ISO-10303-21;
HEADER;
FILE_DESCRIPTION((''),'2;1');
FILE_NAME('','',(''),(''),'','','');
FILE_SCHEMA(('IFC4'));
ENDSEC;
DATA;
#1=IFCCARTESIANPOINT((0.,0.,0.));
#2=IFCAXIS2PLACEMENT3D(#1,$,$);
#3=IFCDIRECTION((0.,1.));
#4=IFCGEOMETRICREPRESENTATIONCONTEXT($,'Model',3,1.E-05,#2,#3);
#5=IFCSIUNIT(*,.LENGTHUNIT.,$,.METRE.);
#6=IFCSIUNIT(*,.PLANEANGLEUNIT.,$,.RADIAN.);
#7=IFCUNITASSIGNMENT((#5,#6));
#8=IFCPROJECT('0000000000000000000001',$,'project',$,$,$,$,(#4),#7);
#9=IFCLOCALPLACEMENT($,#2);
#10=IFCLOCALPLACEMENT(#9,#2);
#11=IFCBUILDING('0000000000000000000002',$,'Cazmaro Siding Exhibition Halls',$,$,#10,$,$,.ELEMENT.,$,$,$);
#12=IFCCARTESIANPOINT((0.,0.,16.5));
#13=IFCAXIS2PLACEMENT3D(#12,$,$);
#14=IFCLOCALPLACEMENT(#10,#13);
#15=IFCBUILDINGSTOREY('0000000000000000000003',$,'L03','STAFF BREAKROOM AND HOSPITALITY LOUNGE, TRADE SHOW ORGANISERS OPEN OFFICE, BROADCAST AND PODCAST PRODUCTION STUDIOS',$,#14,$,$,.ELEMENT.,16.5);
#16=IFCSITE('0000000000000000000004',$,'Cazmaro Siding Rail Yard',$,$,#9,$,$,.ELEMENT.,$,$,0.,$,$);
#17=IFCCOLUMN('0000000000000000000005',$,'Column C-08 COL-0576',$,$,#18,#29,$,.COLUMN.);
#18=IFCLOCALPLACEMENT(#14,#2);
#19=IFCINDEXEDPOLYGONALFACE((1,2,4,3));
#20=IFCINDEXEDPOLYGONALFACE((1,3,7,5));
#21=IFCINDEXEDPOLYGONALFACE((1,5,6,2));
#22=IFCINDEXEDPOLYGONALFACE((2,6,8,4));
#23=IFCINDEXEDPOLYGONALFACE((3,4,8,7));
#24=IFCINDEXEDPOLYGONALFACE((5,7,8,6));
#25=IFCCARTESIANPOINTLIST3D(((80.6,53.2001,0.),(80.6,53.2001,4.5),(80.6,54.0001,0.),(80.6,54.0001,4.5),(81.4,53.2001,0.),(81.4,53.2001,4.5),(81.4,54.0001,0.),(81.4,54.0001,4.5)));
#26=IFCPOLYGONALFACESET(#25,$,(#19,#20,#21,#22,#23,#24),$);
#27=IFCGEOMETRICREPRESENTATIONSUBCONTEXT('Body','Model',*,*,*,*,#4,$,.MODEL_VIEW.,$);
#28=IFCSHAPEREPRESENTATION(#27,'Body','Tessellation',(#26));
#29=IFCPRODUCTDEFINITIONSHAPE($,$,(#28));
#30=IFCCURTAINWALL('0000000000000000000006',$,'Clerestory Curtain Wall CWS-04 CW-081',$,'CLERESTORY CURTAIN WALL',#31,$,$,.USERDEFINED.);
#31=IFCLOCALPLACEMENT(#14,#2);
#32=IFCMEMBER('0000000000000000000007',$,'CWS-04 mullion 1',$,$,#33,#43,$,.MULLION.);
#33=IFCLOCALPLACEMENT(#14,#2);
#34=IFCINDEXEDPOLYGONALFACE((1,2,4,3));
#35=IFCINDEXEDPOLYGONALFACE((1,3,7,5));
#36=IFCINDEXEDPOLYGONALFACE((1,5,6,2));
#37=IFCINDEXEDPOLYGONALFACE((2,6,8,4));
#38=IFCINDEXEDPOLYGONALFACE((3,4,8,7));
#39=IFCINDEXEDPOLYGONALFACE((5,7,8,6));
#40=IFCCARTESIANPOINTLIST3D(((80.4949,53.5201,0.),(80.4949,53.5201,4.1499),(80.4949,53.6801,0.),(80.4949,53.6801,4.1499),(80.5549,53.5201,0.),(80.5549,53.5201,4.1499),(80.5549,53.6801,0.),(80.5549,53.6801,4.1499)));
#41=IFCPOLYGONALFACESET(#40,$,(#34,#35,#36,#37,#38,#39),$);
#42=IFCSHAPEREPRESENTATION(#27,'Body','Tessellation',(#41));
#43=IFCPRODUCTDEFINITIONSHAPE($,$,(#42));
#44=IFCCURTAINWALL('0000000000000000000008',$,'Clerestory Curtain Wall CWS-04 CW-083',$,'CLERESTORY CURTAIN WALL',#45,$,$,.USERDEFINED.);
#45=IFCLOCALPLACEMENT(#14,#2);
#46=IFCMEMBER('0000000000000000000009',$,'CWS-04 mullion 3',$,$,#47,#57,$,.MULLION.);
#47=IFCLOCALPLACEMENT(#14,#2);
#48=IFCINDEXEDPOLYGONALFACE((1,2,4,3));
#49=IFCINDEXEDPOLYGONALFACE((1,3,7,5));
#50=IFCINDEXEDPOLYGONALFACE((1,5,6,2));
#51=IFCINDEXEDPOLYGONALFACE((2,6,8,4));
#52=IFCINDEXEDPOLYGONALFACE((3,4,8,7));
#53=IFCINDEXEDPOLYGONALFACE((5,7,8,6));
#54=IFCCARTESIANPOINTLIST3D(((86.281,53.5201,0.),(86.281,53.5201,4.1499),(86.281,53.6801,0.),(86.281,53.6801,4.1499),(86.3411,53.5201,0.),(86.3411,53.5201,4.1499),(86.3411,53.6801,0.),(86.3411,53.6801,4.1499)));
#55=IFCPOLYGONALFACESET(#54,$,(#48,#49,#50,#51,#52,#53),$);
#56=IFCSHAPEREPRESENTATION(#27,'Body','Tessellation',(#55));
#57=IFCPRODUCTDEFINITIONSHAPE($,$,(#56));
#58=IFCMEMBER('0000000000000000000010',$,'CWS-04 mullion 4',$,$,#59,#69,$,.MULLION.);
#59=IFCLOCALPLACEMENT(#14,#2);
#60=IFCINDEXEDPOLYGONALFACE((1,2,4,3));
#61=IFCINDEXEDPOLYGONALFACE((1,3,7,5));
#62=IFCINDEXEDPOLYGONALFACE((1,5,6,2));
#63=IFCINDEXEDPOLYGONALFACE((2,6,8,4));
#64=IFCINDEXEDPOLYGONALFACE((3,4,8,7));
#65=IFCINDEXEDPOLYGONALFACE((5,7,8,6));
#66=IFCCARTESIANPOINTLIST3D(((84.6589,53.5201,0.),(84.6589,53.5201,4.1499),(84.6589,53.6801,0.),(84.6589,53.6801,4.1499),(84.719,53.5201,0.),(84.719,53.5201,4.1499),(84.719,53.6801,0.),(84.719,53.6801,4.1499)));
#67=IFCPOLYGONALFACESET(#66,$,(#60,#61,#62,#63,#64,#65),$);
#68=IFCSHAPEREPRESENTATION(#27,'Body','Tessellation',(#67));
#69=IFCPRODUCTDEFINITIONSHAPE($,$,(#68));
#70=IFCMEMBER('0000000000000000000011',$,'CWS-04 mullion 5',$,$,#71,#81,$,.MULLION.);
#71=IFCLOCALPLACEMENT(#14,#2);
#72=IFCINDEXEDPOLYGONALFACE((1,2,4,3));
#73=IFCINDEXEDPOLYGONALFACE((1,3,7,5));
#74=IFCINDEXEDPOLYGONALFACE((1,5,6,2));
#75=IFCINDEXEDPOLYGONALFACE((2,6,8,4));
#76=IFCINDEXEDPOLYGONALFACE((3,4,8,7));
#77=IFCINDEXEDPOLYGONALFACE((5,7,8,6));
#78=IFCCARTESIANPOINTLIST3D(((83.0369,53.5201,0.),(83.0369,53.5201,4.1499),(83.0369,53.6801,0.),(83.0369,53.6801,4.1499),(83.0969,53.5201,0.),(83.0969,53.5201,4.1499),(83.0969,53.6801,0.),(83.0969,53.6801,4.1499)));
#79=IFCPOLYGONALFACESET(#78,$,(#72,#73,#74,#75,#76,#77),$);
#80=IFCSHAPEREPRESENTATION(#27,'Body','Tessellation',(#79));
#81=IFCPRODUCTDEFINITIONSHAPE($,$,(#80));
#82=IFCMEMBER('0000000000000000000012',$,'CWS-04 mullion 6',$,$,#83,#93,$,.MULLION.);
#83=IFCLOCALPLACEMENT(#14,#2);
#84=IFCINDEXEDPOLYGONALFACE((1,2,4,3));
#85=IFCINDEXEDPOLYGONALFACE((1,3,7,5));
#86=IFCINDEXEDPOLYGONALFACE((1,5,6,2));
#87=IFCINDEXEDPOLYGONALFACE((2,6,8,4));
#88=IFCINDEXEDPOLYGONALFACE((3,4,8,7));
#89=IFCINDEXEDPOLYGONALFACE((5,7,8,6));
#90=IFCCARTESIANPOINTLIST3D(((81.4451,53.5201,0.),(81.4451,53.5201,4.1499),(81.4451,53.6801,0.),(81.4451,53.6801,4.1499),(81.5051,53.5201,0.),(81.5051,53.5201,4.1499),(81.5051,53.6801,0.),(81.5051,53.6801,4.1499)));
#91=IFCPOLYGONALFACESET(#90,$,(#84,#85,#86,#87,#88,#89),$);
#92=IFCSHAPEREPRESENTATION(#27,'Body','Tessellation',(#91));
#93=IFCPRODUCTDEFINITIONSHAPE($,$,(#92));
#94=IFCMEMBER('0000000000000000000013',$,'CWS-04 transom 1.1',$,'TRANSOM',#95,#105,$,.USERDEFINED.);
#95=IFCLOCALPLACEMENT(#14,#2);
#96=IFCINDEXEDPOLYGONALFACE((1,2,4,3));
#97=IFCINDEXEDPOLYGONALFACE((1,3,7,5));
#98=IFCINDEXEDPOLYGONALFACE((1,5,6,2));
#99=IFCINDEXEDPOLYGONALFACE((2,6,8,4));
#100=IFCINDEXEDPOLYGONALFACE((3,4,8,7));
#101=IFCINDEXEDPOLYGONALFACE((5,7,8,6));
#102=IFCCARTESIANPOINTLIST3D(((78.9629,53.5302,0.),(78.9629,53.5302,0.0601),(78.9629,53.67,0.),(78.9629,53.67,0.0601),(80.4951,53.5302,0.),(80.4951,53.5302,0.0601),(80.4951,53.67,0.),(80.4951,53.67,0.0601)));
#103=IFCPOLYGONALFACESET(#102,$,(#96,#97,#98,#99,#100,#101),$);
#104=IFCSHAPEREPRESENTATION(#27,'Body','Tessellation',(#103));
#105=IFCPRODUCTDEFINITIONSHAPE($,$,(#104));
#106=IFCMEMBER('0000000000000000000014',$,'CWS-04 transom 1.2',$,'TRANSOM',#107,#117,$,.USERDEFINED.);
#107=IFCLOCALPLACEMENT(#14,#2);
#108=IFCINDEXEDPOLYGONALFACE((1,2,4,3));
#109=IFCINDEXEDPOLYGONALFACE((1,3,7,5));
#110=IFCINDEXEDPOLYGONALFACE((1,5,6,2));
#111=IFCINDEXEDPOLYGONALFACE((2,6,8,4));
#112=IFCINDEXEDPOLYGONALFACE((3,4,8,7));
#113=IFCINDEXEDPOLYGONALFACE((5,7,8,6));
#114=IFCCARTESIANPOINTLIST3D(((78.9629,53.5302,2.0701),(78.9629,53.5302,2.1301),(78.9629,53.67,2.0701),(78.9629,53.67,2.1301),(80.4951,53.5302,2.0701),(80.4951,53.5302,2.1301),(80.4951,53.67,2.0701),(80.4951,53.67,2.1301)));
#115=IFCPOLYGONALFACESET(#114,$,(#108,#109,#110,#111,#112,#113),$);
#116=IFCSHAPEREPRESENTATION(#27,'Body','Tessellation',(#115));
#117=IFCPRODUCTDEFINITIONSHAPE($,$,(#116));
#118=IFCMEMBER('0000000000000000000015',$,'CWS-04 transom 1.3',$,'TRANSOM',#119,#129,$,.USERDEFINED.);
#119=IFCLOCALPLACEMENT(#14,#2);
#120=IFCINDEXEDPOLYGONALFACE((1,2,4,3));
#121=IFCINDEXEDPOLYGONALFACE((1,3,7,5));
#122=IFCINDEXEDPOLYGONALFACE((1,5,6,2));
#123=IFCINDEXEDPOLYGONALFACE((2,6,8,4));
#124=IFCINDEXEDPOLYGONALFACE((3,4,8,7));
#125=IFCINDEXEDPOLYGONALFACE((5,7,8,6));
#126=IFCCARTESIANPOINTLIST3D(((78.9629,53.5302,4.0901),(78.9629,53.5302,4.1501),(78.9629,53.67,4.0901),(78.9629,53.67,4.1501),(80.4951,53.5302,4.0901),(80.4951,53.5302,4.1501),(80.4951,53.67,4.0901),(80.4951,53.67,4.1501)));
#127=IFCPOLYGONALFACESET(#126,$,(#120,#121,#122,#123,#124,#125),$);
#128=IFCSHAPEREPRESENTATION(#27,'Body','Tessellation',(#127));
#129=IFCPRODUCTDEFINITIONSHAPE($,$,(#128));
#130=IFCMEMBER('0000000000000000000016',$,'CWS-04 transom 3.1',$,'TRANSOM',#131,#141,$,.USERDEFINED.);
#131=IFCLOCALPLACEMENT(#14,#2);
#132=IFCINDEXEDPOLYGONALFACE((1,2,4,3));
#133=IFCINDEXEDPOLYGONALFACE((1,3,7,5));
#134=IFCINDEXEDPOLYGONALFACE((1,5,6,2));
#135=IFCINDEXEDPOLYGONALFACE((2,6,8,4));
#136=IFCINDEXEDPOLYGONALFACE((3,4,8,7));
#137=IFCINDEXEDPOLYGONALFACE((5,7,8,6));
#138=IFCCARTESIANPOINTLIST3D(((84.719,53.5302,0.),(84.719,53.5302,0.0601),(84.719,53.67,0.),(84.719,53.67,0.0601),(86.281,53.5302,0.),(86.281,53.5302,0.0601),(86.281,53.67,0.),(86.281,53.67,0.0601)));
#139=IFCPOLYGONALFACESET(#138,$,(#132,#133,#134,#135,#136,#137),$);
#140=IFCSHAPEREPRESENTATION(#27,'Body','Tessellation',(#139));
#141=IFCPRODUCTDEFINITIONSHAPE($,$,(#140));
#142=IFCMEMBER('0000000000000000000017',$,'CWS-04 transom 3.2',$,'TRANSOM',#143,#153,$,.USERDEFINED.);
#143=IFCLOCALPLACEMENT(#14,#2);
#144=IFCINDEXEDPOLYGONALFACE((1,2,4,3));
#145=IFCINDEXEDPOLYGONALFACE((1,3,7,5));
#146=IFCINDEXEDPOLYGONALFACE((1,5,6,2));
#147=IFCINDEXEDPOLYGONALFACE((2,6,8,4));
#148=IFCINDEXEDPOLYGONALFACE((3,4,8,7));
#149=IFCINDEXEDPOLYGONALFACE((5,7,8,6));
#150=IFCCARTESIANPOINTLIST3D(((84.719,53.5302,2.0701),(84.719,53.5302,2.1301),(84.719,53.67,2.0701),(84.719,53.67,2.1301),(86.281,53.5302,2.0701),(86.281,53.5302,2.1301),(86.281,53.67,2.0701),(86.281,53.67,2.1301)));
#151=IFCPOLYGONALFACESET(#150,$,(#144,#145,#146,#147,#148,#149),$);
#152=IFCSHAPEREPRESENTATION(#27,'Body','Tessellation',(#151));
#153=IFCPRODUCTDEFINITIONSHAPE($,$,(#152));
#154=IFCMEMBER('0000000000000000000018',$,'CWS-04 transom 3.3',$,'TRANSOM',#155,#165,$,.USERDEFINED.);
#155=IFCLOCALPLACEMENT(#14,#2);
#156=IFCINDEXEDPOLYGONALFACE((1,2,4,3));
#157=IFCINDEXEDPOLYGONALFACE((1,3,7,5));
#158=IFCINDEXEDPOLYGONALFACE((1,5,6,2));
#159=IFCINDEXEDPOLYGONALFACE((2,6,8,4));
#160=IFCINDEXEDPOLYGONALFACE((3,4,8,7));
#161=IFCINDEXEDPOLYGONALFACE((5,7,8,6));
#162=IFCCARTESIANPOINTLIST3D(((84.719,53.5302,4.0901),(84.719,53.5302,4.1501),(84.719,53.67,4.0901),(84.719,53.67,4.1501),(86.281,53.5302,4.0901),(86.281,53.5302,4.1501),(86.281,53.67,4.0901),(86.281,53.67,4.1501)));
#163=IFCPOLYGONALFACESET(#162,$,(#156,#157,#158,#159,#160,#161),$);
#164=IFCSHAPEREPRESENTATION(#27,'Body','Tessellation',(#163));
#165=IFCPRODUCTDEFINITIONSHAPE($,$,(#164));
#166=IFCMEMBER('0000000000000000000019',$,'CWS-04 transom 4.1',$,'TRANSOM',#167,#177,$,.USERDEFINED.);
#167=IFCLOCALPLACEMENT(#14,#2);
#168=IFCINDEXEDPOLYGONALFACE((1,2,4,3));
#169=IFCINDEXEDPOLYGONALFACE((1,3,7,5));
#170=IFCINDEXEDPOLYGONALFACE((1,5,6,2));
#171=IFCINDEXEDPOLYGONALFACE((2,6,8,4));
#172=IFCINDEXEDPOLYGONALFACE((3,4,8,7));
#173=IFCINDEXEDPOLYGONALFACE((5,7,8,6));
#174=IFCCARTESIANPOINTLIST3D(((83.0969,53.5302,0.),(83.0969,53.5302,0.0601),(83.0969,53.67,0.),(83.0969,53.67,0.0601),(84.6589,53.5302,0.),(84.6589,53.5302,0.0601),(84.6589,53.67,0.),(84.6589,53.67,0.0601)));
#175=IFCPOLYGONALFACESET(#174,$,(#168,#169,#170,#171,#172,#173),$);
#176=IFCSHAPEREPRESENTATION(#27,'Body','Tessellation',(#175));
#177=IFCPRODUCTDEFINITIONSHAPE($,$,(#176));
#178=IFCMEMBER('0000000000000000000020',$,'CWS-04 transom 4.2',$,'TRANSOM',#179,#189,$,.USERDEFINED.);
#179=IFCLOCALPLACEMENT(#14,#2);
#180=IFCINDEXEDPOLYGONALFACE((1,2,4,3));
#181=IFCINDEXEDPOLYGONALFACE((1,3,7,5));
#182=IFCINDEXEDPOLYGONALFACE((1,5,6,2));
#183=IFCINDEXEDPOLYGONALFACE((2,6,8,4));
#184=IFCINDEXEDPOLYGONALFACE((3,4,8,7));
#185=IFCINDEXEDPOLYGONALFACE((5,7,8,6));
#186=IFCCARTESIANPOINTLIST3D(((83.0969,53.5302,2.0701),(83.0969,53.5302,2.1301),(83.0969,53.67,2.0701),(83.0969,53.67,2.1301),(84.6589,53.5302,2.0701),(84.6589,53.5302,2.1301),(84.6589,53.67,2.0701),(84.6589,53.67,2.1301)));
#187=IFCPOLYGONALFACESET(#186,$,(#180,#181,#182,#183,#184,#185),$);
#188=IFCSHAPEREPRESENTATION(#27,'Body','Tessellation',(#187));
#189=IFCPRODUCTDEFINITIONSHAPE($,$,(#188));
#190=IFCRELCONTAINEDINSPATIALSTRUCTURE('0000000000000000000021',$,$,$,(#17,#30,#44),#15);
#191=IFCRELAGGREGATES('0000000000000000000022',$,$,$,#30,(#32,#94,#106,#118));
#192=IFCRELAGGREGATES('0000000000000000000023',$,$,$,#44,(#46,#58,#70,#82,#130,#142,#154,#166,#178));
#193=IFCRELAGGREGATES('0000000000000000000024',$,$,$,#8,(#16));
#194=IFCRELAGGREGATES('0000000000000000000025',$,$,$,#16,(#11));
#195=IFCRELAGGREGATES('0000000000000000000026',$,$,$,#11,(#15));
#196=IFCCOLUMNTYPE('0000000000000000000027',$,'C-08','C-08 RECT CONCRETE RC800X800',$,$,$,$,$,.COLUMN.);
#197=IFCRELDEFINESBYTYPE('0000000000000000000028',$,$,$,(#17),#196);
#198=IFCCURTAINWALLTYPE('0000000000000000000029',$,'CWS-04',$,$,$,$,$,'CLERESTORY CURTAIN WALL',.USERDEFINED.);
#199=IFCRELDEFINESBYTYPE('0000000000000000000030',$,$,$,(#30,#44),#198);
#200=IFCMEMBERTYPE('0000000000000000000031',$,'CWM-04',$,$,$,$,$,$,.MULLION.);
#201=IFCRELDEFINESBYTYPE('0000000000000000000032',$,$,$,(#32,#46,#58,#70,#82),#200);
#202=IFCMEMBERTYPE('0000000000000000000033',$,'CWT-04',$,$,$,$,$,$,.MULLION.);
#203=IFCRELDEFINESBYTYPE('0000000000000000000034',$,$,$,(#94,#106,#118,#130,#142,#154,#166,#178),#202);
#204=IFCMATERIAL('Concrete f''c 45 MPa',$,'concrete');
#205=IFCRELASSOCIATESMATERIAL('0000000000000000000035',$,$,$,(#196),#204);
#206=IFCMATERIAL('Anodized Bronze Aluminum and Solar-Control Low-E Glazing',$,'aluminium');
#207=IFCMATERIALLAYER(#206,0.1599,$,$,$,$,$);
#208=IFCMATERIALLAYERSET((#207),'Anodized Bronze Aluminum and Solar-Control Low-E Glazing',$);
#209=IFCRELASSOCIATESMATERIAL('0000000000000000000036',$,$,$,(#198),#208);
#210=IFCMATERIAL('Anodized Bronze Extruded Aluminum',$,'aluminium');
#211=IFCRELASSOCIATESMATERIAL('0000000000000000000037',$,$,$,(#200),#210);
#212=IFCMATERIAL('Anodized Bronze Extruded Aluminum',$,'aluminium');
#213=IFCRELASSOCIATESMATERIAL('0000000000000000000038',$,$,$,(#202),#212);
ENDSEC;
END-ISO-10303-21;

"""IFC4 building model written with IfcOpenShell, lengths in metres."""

from ifc_helpers import new_model, si_unit, direction, frame, origin, origin_2d, place, context, subcontext, project, spatial, rectangle, extrude, material, layer, layer_set, material_profile, profile_set, type_object, element, aggregate, save


model = new_model("IFC4")

# Units and contexts
model_context = context("Model", 3, precision=1e-05, world=origin(), true_north=direction((0.0, 1.0)))
body_context = subcontext(model_context, "Body", "Model", "MODEL_VIEW")
ifc_project = project(units=[si_unit("LENGTHUNIT", "METRE"), si_unit("PLANEANGLEUNIT", "RADIAN")], contexts=[model_context])

# Site, building, storey
site_placement = place(None, origin())
site = spatial("IfcSite", under=ifc_project, at=site_placement, Name="Cazmaro Siding Rail Yard", CompositionType="ELEMENT", RefElevation=0.0)
building_placement = place(site_placement, origin())
building = spatial("IfcBuilding", under=site, at=building_placement, Name="Cazmaro Siding Exhibition Halls", CompositionType="ELEMENT")
storey_placement = place(building_placement, frame((0.0, 0.0, 16.5)))
storey = spatial("IfcBuildingStorey", under=building, at=storey_placement, Name="L03", Description="STAFF BREAKROOM AND HOSPITALITY LOUNGE, TRADE SHOW ORGANISERS OPEN OFFICE, BROADCAST AND PODCAST PRODUCTION STUDIOS", CompositionType="ELEMENT", Elevation=16.5)

# Column
ifc_material_1 = material(Name="Concrete f'c 45 MPa", Category="concrete")
ifc_material_profile_1 = material_profile(ifc_material_1, rectangle(XDim=0.8, YDim=0.8, at=origin_2d()), Name="RC800X800")
ifc_profile_set_1 = profile_set([ifc_material_profile_1], Name="Concrete f'c 45 MPa")
column_type = type_object("IfcColumnType", Name="C-08", Description="C-08 RECT CONCRETE RC800X800", PredefinedType="COLUMN", material=ifc_profile_set_1)
column_placement = place(storey_placement, frame((81.0, 53.6001, 0.0), z_axis=(0.0, 0.0, 1.0), x_axis=(1.0, 0.0, 0.0)))
element("IfcColumn", 1, at=column_placement, inside=storey, type_object=column_type, Name="Column C-08 COL-0576", PredefinedType="COLUMN", context=body_context, shape_type="SweptSolid", body=[
    extrude(rectangle(XDim=0.8, YDim=0.8, at=origin_2d()), origin(), (0.0, 0.0, 1.0), 4.5),
])

# Curtain wall, member
ifc_material_2 = material(Name="Anodized Bronze Aluminum and Solar-Control Low-E Glazing", Category="aluminium")
ifc_layer_1 = layer(ifc_material_2, 0.1599)
ifc_layer_set_1 = layer_set([ifc_layer_1], Name="Anodized Bronze Aluminum and Solar-Control Low-E Glazing")
curtain_wall_type = type_object("IfcCurtainWallType", Name="CWS-04", ElementType="CLERESTORY CURTAIN WALL", PredefinedType="USERDEFINED", material=ifc_layer_set_1)
curtain_wall_1_placement = place(storey_placement, origin())
curtain_wall_1 = element("IfcCurtainWall", 2, at=curtain_wall_1_placement, inside=storey, type_object=curtain_wall_type, Name="Clerestory Curtain Wall CWS-04 CW-081", ObjectType="CLERESTORY CURTAIN WALL", PredefinedType="USERDEFINED")
ifc_material_3 = material(Name="Anodized Bronze Extruded Aluminum", Category="aluminium")
ifc_material_profile_2 = material_profile(ifc_material_3, rectangle(XDim=0.1599, YDim=0.0601, at=origin_2d()), Name="CWM-04")
ifc_profile_set_2 = profile_set([ifc_material_profile_2], Name="Anodized Bronze Extruded Aluminum")
member_type_1 = type_object("IfcMemberType", Name="CWM-04", PredefinedType="MULLION", material=ifc_profile_set_2)
member_1_placement = place(storey_placement, frame((80.5249, 53.6001, 0.0), z_axis=(0.0, 0.0, 1.0), x_axis=(0.0, -1.0, 0.0)))
member_1 = element("IfcMember", 3, at=member_1_placement, type_object=member_type_1, Name="CWS-04 mullion 1", PredefinedType="MULLION", context=body_context, shape_type="SweptSolid", body=[
    extrude(rectangle(XDim=0.1599, YDim=0.0601, at=origin_2d()), origin(), (0.0, 0.0, 1.0), 4.1499),
])

# Curtain wall, members
curtain_wall_2_placement = place(storey_placement, origin())
curtain_wall_2 = element("IfcCurtainWall", 4, at=curtain_wall_2_placement, inside=storey, type_object=curtain_wall_type, Name="Clerestory Curtain Wall CWS-04 CW-083", ObjectType="CLERESTORY CURTAIN WALL", PredefinedType="USERDEFINED")
member_2_placement = place(storey_placement, frame((86.311, 53.6001, 0.0), z_axis=(0.0, 0.0, 1.0), x_axis=(0.0, -1.0, 0.0)))
member_2 = element("IfcMember", 5, at=member_2_placement, type_object=member_type_1, Name="CWS-04 mullion 3", PredefinedType="MULLION", context=body_context, shape_type="SweptSolid", body=[
    extrude(rectangle(XDim=0.1599, YDim=0.0601, at=origin_2d()), origin(), (0.0, 0.0, 1.0), 4.1499),
])
member_3_placement = place(storey_placement, frame((84.689, 53.6001, 0.0), z_axis=(0.0, 0.0, 1.0), x_axis=(0.0, -1.0, 0.0)))
member_3 = element("IfcMember", 6, at=member_3_placement, type_object=member_type_1, Name="CWS-04 mullion 4", PredefinedType="MULLION", context=body_context, shape_type="SweptSolid", body=[
    extrude(rectangle(XDim=0.1599, YDim=0.0601, at=origin_2d()), origin(), (0.0, 0.0, 1.0), 4.1499),
])
member_4_placement = place(storey_placement, frame((83.0669, 53.6001, 0.0), z_axis=(0.0, 0.0, 1.0), x_axis=(0.0, -1.0, 0.0)))
member_4 = element("IfcMember", 7, at=member_4_placement, type_object=member_type_1, Name="CWS-04 mullion 5", PredefinedType="MULLION", context=body_context, shape_type="SweptSolid", body=[
    extrude(rectangle(XDim=0.1599, YDim=0.0601, at=origin_2d()), origin(), (0.0, 0.0, 1.0), 4.1499),
])
member_5_placement = place(storey_placement, frame((81.4751, 53.6001, 0.0), z_axis=(0.0, 0.0, 1.0), x_axis=(0.0, -1.0, 0.0)))
member_5 = element("IfcMember", 8, at=member_5_placement, type_object=member_type_1, Name="CWS-04 mullion 6", PredefinedType="MULLION", context=body_context, shape_type="SweptSolid", body=[
    extrude(rectangle(XDim=0.1599, YDim=0.0601, at=origin_2d()), origin(), (0.0, 0.0, 1.0), 4.1499),
])

# Members
ifc_material_4 = material(Name="Anodized Bronze Extruded Aluminum", Category="aluminium")
ifc_material_profile_3 = material_profile(ifc_material_4, rectangle(XDim=0.1399, YDim=0.0601, at=origin_2d()), Name="CWT-04")
ifc_profile_set_3 = profile_set([ifc_material_profile_3], Name="Anodized Bronze Extruded Aluminum")
member_type_2 = type_object("IfcMemberType", Name="CWT-04", PredefinedType="MULLION", material=ifc_profile_set_3)
member_6_placement = place(storey_placement, frame((80.4951, 53.6001, 0.03), z_axis=(-1.0, 0.0, 0.0), x_axis=(0.0, -1.0, 0.0)))
member_6 = element("IfcMember", 9, at=member_6_placement, type_object=member_type_2, Name="CWS-04 transom 1.1", ObjectType="TRANSOM", PredefinedType="USERDEFINED", context=body_context, shape_type="SweptSolid", body=[
    extrude(rectangle(XDim=0.1399, YDim=0.0601, at=origin_2d()), origin(), (0.0, 0.0, 1.0), 1.5322),
])
member_7_placement = place(storey_placement, frame((80.4951, 53.6001, 2.1001), z_axis=(-1.0, 0.0, 0.0), x_axis=(0.0, -1.0, 0.0)))
member_7 = element("IfcMember", 10, at=member_7_placement, type_object=member_type_2, Name="CWS-04 transom 1.2", ObjectType="TRANSOM", PredefinedType="USERDEFINED", context=body_context, shape_type="SweptSolid", body=[
    extrude(rectangle(XDim=0.1399, YDim=0.0601, at=origin_2d()), origin(), (0.0, 0.0, 1.0), 1.5322),
])
member_8_placement = place(storey_placement, frame((80.4951, 53.6001, 4.1201), z_axis=(-1.0, 0.0, 0.0), x_axis=(0.0, -1.0, 0.0)))
member_8 = element("IfcMember", 11, at=member_8_placement, type_object=member_type_2, Name="CWS-04 transom 1.3", ObjectType="TRANSOM", PredefinedType="USERDEFINED", context=body_context, shape_type="SweptSolid", body=[
    extrude(rectangle(XDim=0.1399, YDim=0.0601, at=origin_2d()), origin(), (0.0, 0.0, 1.0), 1.5322),
])
member_9_placement = place(storey_placement, frame((86.281, 53.6001, 0.03), z_axis=(-1.0, 0.0, 0.0), x_axis=(0.0, -1.0, 0.0)))
member_9 = element("IfcMember", 12, at=member_9_placement, type_object=member_type_2, Name="CWS-04 transom 3.1", ObjectType="TRANSOM", PredefinedType="USERDEFINED", context=body_context, shape_type="SweptSolid", body=[
    extrude(rectangle(XDim=0.1399, YDim=0.0601, at=origin_2d()), origin(), (0.0, 0.0, 1.0), 1.562),
])
member_10_placement = place(storey_placement, frame((86.281, 53.6001, 2.1001), z_axis=(-1.0, 0.0, 0.0), x_axis=(0.0, -1.0, 0.0)))
member_10 = element("IfcMember", 13, at=member_10_placement, type_object=member_type_2, Name="CWS-04 transom 3.2", ObjectType="TRANSOM", PredefinedType="USERDEFINED", context=body_context, shape_type="SweptSolid", body=[
    extrude(rectangle(XDim=0.1399, YDim=0.0601, at=origin_2d()), origin(), (0.0, 0.0, 1.0), 1.562),
])
member_11_placement = place(storey_placement, frame((86.281, 53.6001, 4.1201), z_axis=(-1.0, 0.0, 0.0), x_axis=(0.0, -1.0, 0.0)))
member_11 = element("IfcMember", 14, at=member_11_placement, type_object=member_type_2, Name="CWS-04 transom 3.3", ObjectType="TRANSOM", PredefinedType="USERDEFINED", context=body_context, shape_type="SweptSolid", body=[
    extrude(rectangle(XDim=0.1399, YDim=0.0601, at=origin_2d()), origin(), (0.0, 0.0, 1.0), 1.562),
])
member_12_placement = place(storey_placement, frame((84.6589, 53.6001, 0.03), z_axis=(-1.0, 0.0, 0.0), x_axis=(0.0, -1.0, 0.0)))
member_12 = element("IfcMember", 15, at=member_12_placement, type_object=member_type_2, Name="CWS-04 transom 4.1", ObjectType="TRANSOM", PredefinedType="USERDEFINED", context=body_context, shape_type="SweptSolid", body=[
    extrude(rectangle(XDim=0.1399, YDim=0.0601, at=origin_2d()), origin(), (0.0, 0.0, 1.0), 1.562),
])
member_13_placement = place(storey_placement, frame((84.6589, 53.6001, 2.1001), z_axis=(-1.0, 0.0, 0.0), x_axis=(0.0, -1.0, 0.0)))
member_13 = element("IfcMember", 16, at=member_13_placement, type_object=member_type_2, Name="CWS-04 transom 4.2", ObjectType="TRANSOM", PredefinedType="USERDEFINED", context=body_context, shape_type="SweptSolid", body=[
    extrude(rectangle(XDim=0.1399, YDim=0.0601, at=origin_2d()), origin(), (0.0, 0.0, 1.0), 1.562),
])

aggregate(curtain_wall_1, [member_1, member_6, member_7, member_8])
aggregate(curtain_wall_2, [member_2, member_3, member_4, member_5, member_9, member_10, member_11, member_12, member_13])

save(model, "model.ifc")
